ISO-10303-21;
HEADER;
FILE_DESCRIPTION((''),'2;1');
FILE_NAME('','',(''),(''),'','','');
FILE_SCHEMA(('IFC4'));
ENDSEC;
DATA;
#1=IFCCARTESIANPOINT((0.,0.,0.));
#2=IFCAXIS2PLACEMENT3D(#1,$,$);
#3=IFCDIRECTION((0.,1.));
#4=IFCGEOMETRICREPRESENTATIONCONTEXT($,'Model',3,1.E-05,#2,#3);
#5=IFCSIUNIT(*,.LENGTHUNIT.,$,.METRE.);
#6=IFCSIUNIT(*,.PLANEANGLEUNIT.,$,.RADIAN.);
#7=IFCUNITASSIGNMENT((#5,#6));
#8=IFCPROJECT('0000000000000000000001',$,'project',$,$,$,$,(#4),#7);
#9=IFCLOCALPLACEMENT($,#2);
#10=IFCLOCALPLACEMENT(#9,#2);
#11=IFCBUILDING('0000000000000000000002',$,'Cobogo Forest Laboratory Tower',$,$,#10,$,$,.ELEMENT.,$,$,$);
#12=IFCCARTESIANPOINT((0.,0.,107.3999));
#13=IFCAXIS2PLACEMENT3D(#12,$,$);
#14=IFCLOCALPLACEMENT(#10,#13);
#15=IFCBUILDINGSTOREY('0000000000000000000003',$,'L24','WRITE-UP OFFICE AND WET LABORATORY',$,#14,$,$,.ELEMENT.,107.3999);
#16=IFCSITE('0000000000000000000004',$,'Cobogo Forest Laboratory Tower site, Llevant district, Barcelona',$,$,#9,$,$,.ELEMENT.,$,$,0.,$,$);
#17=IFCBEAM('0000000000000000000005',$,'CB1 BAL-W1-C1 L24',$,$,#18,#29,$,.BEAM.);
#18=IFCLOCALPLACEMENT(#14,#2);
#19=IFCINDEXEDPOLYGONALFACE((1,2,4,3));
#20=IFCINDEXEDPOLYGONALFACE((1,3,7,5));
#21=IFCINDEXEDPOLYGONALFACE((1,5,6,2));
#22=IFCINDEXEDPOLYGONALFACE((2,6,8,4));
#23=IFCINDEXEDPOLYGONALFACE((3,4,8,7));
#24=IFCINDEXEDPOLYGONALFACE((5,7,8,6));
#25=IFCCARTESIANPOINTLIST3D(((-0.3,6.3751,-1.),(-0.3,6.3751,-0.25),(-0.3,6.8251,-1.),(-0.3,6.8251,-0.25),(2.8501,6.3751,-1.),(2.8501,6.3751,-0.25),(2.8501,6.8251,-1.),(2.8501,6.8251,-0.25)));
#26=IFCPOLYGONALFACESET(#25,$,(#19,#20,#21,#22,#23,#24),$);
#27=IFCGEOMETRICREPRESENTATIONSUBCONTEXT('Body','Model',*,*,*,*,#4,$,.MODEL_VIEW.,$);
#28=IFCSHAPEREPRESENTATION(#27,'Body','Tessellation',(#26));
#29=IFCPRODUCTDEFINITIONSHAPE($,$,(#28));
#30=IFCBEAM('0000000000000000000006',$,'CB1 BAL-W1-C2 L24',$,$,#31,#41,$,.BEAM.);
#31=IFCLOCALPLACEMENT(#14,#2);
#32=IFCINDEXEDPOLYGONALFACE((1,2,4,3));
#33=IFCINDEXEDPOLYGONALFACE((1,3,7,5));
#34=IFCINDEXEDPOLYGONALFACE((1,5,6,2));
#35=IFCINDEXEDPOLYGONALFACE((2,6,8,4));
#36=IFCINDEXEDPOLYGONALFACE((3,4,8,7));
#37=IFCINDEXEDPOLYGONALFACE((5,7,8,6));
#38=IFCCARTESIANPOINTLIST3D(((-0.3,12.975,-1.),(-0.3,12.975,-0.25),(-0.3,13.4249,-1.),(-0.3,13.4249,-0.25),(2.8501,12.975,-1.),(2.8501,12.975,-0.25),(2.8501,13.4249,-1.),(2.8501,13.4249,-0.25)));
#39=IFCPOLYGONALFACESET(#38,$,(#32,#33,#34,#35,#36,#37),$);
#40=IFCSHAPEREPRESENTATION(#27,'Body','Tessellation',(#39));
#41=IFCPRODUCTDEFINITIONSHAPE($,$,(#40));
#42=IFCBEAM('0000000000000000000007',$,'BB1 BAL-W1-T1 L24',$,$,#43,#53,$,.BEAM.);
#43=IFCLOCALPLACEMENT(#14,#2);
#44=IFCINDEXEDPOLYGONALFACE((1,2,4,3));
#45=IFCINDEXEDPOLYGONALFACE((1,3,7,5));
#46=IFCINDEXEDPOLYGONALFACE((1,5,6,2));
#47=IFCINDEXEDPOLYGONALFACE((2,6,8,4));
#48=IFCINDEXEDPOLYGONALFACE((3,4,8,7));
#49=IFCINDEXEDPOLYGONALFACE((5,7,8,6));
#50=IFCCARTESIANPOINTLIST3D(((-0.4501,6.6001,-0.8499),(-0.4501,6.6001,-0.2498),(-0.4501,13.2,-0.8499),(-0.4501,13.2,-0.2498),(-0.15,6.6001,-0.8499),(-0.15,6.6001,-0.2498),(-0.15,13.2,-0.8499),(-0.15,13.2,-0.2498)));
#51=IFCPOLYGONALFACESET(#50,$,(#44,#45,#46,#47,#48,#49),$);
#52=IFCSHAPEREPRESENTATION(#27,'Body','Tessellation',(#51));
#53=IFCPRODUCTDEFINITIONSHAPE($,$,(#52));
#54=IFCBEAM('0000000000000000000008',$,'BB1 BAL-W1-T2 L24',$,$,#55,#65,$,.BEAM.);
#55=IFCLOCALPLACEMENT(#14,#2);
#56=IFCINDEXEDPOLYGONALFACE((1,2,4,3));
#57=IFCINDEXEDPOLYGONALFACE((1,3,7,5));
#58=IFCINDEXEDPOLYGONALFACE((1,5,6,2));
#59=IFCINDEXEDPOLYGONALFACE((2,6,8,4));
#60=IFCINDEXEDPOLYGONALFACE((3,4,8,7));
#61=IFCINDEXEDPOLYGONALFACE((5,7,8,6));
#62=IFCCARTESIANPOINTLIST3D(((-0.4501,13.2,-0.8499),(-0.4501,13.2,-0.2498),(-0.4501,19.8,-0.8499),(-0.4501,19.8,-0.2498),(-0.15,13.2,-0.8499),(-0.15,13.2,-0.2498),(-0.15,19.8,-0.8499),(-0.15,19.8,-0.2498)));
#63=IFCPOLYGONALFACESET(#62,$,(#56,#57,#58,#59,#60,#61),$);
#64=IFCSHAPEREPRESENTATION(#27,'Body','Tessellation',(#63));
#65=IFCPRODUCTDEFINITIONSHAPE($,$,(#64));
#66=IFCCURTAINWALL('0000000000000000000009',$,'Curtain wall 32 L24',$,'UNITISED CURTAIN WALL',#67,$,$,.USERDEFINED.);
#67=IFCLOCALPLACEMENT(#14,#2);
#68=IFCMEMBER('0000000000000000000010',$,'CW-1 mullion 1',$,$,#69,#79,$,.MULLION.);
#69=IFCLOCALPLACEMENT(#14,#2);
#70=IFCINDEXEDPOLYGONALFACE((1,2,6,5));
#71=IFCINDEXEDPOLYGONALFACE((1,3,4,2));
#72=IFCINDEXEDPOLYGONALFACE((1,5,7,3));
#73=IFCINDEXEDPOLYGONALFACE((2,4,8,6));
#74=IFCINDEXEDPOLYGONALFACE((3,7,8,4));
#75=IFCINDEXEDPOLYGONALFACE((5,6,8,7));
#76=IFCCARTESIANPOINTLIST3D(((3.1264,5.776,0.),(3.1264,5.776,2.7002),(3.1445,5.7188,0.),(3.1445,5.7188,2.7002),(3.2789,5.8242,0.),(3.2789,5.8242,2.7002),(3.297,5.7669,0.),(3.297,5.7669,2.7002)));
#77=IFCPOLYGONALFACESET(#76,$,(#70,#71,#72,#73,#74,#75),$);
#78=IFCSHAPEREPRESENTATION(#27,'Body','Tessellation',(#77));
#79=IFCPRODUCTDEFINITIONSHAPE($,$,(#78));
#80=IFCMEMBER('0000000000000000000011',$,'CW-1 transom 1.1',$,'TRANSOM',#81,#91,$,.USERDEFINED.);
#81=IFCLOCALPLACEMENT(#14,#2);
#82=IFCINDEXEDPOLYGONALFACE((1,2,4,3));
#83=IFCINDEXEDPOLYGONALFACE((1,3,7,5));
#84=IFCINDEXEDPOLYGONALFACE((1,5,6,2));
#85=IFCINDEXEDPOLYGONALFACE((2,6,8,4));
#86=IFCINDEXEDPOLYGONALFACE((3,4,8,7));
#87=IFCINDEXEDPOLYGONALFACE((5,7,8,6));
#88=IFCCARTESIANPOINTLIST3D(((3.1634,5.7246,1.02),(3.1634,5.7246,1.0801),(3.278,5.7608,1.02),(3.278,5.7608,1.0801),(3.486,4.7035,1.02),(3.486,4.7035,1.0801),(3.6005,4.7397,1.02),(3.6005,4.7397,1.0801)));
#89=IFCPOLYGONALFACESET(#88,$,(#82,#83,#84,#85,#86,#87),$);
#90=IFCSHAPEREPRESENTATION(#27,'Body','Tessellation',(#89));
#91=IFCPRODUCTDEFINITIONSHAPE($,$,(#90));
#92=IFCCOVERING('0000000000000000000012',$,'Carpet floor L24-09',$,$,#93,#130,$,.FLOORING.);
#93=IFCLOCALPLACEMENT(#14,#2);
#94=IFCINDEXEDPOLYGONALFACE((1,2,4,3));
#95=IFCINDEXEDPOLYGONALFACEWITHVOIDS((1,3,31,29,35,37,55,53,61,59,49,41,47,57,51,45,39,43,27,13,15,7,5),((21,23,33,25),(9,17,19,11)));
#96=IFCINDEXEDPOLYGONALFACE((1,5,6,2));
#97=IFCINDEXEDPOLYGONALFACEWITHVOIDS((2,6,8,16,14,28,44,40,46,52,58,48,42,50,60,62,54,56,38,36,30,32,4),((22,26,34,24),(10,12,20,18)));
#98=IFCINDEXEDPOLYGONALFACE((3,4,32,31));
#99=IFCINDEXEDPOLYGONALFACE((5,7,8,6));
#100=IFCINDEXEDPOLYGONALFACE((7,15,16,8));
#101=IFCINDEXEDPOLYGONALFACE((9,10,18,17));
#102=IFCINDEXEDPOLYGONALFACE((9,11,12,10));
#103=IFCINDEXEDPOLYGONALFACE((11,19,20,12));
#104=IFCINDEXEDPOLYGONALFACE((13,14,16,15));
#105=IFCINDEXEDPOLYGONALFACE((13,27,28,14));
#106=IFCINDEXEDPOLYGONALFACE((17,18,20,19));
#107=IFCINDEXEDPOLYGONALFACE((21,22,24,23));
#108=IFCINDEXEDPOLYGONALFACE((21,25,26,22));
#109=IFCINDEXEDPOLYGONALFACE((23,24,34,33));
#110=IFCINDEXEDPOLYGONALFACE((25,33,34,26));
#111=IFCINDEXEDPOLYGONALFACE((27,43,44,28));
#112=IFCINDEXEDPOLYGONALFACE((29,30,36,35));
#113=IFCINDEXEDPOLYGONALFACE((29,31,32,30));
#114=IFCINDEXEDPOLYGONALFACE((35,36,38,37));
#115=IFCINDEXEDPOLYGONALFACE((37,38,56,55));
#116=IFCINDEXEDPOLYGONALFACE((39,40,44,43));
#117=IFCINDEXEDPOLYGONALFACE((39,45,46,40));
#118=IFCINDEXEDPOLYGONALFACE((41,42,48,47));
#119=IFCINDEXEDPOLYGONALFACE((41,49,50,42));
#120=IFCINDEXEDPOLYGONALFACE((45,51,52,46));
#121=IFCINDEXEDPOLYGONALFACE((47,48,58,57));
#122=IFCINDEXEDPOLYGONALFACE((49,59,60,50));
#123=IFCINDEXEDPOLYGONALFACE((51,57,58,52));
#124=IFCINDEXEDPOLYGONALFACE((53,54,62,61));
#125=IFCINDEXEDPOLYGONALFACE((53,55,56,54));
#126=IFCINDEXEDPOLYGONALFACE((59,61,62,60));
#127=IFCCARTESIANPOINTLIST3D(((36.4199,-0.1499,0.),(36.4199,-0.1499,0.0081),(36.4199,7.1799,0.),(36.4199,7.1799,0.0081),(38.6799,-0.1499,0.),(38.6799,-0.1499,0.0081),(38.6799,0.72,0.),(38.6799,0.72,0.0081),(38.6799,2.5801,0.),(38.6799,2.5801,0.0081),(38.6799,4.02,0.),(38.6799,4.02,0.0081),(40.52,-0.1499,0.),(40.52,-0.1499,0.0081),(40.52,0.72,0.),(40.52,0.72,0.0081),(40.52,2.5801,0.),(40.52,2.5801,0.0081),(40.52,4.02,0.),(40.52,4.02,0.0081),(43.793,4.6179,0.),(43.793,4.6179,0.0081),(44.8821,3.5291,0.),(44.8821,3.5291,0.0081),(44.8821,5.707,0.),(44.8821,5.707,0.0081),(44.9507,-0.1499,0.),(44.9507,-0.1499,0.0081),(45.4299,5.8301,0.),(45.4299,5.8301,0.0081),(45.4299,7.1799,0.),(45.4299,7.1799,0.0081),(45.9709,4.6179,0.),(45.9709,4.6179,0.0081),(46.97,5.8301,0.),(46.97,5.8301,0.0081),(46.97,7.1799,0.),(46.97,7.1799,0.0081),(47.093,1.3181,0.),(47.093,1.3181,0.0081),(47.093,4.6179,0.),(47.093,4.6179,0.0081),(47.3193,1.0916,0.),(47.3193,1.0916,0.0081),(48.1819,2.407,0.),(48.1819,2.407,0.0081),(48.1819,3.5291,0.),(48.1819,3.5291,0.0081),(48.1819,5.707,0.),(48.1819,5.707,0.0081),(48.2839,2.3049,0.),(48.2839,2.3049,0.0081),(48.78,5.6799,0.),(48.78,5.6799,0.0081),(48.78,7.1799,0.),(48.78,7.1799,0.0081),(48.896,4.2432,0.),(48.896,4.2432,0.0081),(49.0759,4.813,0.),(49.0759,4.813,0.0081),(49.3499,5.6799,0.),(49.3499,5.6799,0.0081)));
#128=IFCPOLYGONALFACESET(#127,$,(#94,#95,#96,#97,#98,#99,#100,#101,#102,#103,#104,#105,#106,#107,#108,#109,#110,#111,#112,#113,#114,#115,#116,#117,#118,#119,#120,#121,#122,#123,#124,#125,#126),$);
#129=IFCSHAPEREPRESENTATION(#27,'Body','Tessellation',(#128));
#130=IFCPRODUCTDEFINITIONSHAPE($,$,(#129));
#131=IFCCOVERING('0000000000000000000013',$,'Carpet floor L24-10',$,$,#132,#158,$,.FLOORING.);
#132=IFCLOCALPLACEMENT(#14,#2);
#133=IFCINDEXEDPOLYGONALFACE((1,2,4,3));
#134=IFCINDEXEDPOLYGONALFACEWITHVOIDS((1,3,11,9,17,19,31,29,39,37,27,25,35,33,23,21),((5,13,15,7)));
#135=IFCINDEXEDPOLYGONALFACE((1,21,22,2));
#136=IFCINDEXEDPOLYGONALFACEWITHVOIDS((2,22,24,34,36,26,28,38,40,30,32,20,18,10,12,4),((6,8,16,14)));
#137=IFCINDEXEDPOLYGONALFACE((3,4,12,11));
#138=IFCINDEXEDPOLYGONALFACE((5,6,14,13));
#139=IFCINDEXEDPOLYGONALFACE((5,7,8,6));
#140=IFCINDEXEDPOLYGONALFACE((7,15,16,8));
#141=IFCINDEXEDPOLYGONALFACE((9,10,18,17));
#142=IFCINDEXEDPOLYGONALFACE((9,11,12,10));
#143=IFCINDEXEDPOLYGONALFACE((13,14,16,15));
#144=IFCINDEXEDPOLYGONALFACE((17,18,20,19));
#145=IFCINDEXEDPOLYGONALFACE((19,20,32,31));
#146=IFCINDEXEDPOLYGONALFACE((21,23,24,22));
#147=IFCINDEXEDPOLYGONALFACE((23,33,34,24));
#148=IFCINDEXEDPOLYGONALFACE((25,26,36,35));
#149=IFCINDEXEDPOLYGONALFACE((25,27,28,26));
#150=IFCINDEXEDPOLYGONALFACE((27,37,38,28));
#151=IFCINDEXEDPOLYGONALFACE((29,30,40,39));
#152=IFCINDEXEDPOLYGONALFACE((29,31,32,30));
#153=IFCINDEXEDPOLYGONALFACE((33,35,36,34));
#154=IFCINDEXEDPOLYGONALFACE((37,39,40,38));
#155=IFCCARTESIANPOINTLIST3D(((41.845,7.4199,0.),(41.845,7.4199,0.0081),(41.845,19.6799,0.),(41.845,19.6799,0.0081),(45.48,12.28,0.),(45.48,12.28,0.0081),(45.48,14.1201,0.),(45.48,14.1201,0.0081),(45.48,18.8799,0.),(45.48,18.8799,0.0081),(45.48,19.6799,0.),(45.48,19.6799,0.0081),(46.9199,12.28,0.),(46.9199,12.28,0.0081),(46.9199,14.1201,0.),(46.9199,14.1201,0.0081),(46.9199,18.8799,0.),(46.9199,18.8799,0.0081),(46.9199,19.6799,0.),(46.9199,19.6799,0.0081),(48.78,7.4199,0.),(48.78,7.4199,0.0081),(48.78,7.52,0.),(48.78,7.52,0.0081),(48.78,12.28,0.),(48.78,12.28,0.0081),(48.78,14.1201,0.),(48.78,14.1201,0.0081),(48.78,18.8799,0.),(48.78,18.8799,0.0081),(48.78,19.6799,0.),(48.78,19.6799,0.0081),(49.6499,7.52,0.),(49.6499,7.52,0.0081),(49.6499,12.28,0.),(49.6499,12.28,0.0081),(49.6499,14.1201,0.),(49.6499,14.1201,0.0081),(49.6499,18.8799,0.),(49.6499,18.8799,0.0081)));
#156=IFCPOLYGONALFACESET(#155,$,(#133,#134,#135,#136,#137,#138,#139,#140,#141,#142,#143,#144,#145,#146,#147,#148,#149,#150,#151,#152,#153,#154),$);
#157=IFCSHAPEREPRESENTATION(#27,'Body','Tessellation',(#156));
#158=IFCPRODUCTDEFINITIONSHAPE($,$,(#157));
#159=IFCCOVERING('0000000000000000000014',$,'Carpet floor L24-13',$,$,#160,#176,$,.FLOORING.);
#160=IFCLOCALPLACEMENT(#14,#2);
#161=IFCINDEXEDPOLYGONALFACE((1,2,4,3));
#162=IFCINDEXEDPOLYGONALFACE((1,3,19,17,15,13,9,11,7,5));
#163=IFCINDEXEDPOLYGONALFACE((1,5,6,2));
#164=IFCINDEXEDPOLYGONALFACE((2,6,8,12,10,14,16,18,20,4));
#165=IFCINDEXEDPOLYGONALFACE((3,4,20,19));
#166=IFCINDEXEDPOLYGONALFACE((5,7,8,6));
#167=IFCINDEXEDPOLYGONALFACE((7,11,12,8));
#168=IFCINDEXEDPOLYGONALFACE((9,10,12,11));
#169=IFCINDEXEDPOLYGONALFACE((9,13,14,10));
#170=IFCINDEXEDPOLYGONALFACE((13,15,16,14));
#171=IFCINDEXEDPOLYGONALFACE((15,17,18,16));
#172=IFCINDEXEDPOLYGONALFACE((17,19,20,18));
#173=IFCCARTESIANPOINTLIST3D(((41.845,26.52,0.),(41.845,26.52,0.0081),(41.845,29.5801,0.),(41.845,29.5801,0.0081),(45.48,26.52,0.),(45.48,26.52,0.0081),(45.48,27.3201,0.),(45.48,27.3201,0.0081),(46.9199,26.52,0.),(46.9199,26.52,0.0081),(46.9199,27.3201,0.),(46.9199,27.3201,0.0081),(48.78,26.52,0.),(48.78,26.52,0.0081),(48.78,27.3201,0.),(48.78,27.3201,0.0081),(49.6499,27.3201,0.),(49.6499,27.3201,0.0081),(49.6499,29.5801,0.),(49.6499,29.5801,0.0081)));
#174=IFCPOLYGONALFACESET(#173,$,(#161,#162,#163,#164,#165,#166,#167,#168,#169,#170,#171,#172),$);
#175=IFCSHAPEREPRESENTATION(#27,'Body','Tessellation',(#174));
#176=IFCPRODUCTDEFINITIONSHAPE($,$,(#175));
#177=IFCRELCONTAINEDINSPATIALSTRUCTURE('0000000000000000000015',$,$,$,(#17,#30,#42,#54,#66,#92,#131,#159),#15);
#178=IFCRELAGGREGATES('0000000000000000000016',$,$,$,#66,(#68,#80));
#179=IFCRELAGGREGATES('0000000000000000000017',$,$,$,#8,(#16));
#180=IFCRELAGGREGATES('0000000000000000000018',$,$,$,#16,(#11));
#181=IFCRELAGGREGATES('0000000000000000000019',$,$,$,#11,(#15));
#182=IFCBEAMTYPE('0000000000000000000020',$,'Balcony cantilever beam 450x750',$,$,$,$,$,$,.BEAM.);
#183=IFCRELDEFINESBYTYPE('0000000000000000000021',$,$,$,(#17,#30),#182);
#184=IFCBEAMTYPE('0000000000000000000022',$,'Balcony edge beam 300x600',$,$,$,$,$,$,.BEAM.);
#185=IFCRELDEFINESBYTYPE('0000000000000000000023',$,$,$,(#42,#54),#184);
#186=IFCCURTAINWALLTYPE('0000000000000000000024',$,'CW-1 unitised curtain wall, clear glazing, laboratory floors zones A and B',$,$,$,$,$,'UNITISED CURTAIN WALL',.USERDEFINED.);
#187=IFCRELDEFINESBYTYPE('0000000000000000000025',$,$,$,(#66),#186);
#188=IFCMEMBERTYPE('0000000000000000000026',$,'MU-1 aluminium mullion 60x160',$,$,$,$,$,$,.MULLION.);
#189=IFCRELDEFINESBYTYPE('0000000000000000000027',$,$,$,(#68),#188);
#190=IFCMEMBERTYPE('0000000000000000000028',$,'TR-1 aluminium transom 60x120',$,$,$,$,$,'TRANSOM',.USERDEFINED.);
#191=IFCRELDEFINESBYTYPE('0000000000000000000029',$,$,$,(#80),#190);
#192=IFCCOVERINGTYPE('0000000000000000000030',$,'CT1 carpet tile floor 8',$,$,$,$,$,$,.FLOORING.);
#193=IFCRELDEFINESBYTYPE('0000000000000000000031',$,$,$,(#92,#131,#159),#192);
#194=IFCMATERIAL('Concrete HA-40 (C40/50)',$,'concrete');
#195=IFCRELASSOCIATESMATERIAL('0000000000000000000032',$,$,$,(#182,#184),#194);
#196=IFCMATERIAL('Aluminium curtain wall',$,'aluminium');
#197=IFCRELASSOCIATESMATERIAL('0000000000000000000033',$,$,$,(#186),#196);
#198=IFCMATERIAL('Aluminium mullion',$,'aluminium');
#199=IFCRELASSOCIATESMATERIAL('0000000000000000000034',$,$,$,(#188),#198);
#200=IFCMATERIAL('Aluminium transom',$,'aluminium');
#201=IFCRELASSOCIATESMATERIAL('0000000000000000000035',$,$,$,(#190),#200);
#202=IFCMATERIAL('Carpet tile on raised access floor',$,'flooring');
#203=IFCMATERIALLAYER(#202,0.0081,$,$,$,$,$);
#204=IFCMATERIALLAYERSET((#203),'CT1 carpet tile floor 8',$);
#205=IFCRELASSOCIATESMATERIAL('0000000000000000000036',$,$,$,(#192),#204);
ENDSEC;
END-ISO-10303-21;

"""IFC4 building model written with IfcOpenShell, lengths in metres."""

from ifc_helpers import new_model, si_unit, direction, frame, origin, origin_2d, place, context, subcontext, project, spatial, polyline, rectangle, outline, extrude, material, layer, layer_set, material_profile, profile_set, type_object, element, aggregate, save


model = new_model("IFC4")

# Units and contexts
model_context = context("Model", 3, precision=1e-05, world=origin(), true_north=direction((0.0, 1.0)))
body_context = subcontext(model_context, "Body", "Model", "MODEL_VIEW")
ifc_project = project(units=[si_unit("LENGTHUNIT", "METRE"), si_unit("PLANEANGLEUNIT", "RADIAN")], contexts=[model_context])

# Site, building, storey
site_placement = place(None, origin())
site = spatial("IfcSite", under=ifc_project, at=site_placement, Name="Cobogo Forest Laboratory Tower site, Llevant district, Barcelona", CompositionType="ELEMENT", RefElevation=0.0)
building_placement = place(site_placement, origin())
building = spatial("IfcBuilding", under=site, at=building_placement, Name="Cobogo Forest Laboratory Tower", CompositionType="ELEMENT")
storey_placement = place(building_placement, frame((0.0, 0.0, 107.3999)))
storey = spatial("IfcBuildingStorey", under=building, at=storey_placement, Name="L24", Description="WRITE-UP OFFICE AND WET LABORATORY", CompositionType="ELEMENT", Elevation=107.3999)

# Beams
ifc_material_1 = material(Name="Concrete HA-40 (C40/50)", Category="concrete")
ifc_material_profile_1 = material_profile(ifc_material_1, rectangle(XDim=0.45, YDim=0.75, at=origin_2d()), Name="RC 450x750")
ifc_profile_set_1 = profile_set([ifc_material_profile_1], Name="Concrete HA-40 (C40/50)")
beam_type_1 = type_object("IfcBeamType", Name="Balcony cantilever beam 450x750", PredefinedType="BEAM", material=ifc_profile_set_1)
for number, where, z_axis, x_axis, name in (
    (1, (2.8501, 6.6001, -0.625), (-1.0, 0.0, 0.0), (0.0, -1.0, 0.0), "CB1 BAL-W1-C1 L24"),
    (2, (2.8501, 13.2, -0.625), (-1.0, 0.0, 0.0), (0.0, -1.0, 0.0), "CB1 BAL-W1-C2 L24"),
):
    element("IfcBeam", number, at=place(storey_placement, frame(where, z_axis=z_axis, x_axis=x_axis)), inside=storey, type_object=beam_type_1, Name=name, PredefinedType="BEAM", context=body_context, shape_type="SweptSolid", body=[
        extrude(rectangle(XDim=0.45, YDim=0.75, at=origin_2d()), origin(), (0.0, 0.0, 1.0), 3.1501),
    ])
ifc_material_profile_2 = material_profile(ifc_material_1, rectangle(XDim=0.3, YDim=0.6001, at=origin_2d()), Name="RC 300x600")
ifc_profile_set_2 = profile_set([ifc_material_profile_2], Name="Concrete HA-40 (C40/50)")
beam_type_2 = type_object("IfcBeamType", Name="Balcony edge beam 300x600", PredefinedType="BEAM", material=ifc_profile_set_2)
beam_1_placement = place(storey_placement, frame((-0.3, 6.6001, -0.5498), z_axis=(0.0, 1.0, 0.0), x_axis=(-1.0, 0.0, 0.0)))
element("IfcBeam", 3, at=beam_1_placement, inside=storey, type_object=beam_type_2, Name="BB1 BAL-W1-T1 L24", PredefinedType="BEAM", context=body_context, shape_type="SweptSolid", body=[
    extrude(rectangle(XDim=0.3, YDim=0.6001, at=origin_2d()), origin(), (0.0, 0.0, 1.0), 6.5999),
])
beam_2_placement = place(storey_placement, frame((-0.3, 13.2, -0.5498), z_axis=(0.0, 1.0, 0.0), x_axis=(-1.0, 0.0, 0.0)))
element("IfcBeam", 4, at=beam_2_placement, inside=storey, type_object=beam_type_2, Name="BB1 BAL-W1-T2 L24", PredefinedType="BEAM", context=body_context, shape_type="SweptSolid", body=[
    extrude(rectangle(XDim=0.3, YDim=0.6001, at=origin_2d()), origin(), (0.0, 0.0, 1.0), 6.6001),
])

# Curtain wall, members
ifc_material_2 = material(Name="Aluminium curtain wall", Category="aluminium")
curtain_wall_type = type_object("IfcCurtainWallType", Name="CW-1 unitised curtain wall, clear glazing, laboratory floors zones A and B", ElementType="UNITISED CURTAIN WALL", PredefinedType="USERDEFINED", material=ifc_material_2)
curtain_wall_placement = place(storey_placement, origin())
curtain_wall = element("IfcCurtainWall", 5, at=curtain_wall_placement, inside=storey, type_object=curtain_wall_type, Name="Curtain wall 32 L24", ObjectType="UNITISED CURTAIN WALL", PredefinedType="USERDEFINED")
ifc_material_3 = material(Name="Aluminium mullion", Category="aluminium")
ifc_material_profile_3 = material_profile(ifc_material_3, rectangle(XDim=0.0601, YDim=0.1599, at=origin_2d()), Name="AL 60x160")
ifc_profile_set_3 = profile_set([ifc_material_profile_3], Name="Aluminium mullion")
member_type_1 = type_object("IfcMemberType", Name="MU-1 aluminium mullion 60x160", PredefinedType="MULLION", material=ifc_profile_set_3)
member_1_placement = place(storey_placement, frame((3.2117, 5.7715, 0.0), z_axis=(0.0, 0.0, 1.0), x_axis=(0.301136, -0.953581, 0.0)))
member_1 = element("IfcMember", 6, at=member_1_placement, type_object=member_type_1, Name="CW-1 mullion 1", PredefinedType="MULLION", context=body_context, shape_type="SweptSolid", body=[
    extrude(rectangle(XDim=0.0601, YDim=0.1599, at=origin_2d()), origin(), (0.0, 0.0, 1.0), 2.7002),
])
ifc_material_4 = material(Name="Aluminium transom", Category="aluminium")
ifc_material_profile_4 = material_profile(ifc_material_4, rectangle(XDim=0.1201, YDim=0.0601, at=origin_2d()), Name="AL 60x120")
ifc_profile_set_4 = profile_set([ifc_material_profile_4], Name="Aluminium transom")
member_type_2 = type_object("IfcMemberType", Name="TR-1 aluminium transom 60x120", ElementType="TRANSOM", PredefinedType="USERDEFINED", material=ifc_profile_set_4)
member_2_placement = place(storey_placement, frame((3.2207, 5.7427, 1.05), z_axis=(0.301208, -0.953559, 0.0), x_axis=(0.953559, 0.301208, 0.0)))
member_2 = element("IfcMember", 7, at=member_2_placement, type_object=member_type_2, Name="CW-1 transom 1.1", ObjectType="TRANSOM", PredefinedType="USERDEFINED", context=body_context, shape_type="SweptSolid", body=[
    extrude(rectangle(XDim=0.1201, YDim=0.0601, at=origin_2d()), origin(), (0.0, 0.0, 1.0), 1.0708),
])
aggregate(curtain_wall, [member_1, member_2])

# Coverings
ifc_material_5 = material(Name="Carpet tile on raised access floor", Category="flooring")
ifc_layer_1 = layer(ifc_material_5, 0.0081)
ifc_layer_set_1 = layer_set([ifc_layer_1], Name="CT1 carpet tile floor 8")
covering_type_1 = type_object("IfcCoveringType", Name="CT1 carpet tile floor 8", PredefinedType="FLOORING", material=ifc_layer_set_1)
covering_1_placement = place(storey_placement, origin())
element("IfcCovering", 8, at=covering_1_placement, inside=storey, type_object=covering_type_1, Name="Carpet floor L24-09", PredefinedType="FLOORING", context=body_context, shape_type="SweptSolid", body=[
    extrude(outline(polyline([(45.4299, 5.8301), (46.97, 5.8301), (46.97, 7.1799), (48.78, 7.1799), (48.78, 5.6799), (49.3499, 5.6799), (49.0759, 4.813), (48.1819, 5.707), (47.093, 4.6179), (48.1819, 3.5291), (48.896, 4.2432), (48.2839, 2.3049), (48.1819, 2.407), (47.093, 1.3181), (47.3193, 1.0916), (44.9507, -0.1499), (40.52, -0.1499), (40.52, 0.72), (38.6799, 0.72), (38.6799, -0.1499), (36.4199, -0.1499), (36.4199, 7.1799), (45.4299, 7.1799), (45.4299, 5.8301)]), holes=[polyline([(43.793, 4.6179), (44.8821, 3.5291), (45.9709, 4.6179), (44.8821, 5.707), (43.793, 4.6179)]), polyline([(38.6799, 4.02), (38.6799, 2.5801), (40.52, 2.5801), (40.52, 4.02), (38.6799, 4.02)])]), origin(), (0.0, 0.0, 1.0), 0.0081),
])
covering_2_placement = place(storey_placement, origin())
element("IfcCovering", 9, at=covering_2_placement, inside=storey, type_object=covering_type_1, Name="Carpet floor L24-10", PredefinedType="FLOORING", context=body_context, shape_type="SweptSolid", body=[
    extrude(outline(polyline([(41.845, 19.6799), (45.48, 19.6799), (45.48, 18.8799), (46.9199, 18.8799), (46.9199, 19.6799), (48.78, 19.6799), (48.78, 18.8799), (49.6499, 18.8799), (49.6499, 14.1201), (48.78, 14.1201), (48.78, 12.28), (49.6499, 12.28), (49.6499, 7.52), (48.78, 7.52), (48.78, 7.4199), (41.845, 7.4199), (41.845, 19.6799)]), holes=[polyline([(45.48, 12.28), (46.9199, 12.28), (46.9199, 14.1201), (45.48, 14.1201), (45.48, 12.28)])]), origin(), (0.0, 0.0, 1.0), 0.0081),
])
covering_3_placement = place(storey_placement, origin())
element("IfcCovering", 10, at=covering_3_placement, inside=storey, type_object=covering_type_1, Name="Carpet floor L24-13", PredefinedType="FLOORING", context=body_context, shape_type="SweptSolid", body=[
    extrude(outline(polyline([(41.845, 29.5801), (49.6499, 29.5801), (49.6499, 27.3201), (48.78, 27.3201), (48.78, 26.52), (46.9199, 26.52), (46.9199, 27.3201), (45.48, 27.3201), (45.48, 26.52), (41.845, 26.52), (41.845, 29.5801)])), origin(), (0.0, 0.0, 1.0), 0.0081),
])

save(model, "model.ifc")
